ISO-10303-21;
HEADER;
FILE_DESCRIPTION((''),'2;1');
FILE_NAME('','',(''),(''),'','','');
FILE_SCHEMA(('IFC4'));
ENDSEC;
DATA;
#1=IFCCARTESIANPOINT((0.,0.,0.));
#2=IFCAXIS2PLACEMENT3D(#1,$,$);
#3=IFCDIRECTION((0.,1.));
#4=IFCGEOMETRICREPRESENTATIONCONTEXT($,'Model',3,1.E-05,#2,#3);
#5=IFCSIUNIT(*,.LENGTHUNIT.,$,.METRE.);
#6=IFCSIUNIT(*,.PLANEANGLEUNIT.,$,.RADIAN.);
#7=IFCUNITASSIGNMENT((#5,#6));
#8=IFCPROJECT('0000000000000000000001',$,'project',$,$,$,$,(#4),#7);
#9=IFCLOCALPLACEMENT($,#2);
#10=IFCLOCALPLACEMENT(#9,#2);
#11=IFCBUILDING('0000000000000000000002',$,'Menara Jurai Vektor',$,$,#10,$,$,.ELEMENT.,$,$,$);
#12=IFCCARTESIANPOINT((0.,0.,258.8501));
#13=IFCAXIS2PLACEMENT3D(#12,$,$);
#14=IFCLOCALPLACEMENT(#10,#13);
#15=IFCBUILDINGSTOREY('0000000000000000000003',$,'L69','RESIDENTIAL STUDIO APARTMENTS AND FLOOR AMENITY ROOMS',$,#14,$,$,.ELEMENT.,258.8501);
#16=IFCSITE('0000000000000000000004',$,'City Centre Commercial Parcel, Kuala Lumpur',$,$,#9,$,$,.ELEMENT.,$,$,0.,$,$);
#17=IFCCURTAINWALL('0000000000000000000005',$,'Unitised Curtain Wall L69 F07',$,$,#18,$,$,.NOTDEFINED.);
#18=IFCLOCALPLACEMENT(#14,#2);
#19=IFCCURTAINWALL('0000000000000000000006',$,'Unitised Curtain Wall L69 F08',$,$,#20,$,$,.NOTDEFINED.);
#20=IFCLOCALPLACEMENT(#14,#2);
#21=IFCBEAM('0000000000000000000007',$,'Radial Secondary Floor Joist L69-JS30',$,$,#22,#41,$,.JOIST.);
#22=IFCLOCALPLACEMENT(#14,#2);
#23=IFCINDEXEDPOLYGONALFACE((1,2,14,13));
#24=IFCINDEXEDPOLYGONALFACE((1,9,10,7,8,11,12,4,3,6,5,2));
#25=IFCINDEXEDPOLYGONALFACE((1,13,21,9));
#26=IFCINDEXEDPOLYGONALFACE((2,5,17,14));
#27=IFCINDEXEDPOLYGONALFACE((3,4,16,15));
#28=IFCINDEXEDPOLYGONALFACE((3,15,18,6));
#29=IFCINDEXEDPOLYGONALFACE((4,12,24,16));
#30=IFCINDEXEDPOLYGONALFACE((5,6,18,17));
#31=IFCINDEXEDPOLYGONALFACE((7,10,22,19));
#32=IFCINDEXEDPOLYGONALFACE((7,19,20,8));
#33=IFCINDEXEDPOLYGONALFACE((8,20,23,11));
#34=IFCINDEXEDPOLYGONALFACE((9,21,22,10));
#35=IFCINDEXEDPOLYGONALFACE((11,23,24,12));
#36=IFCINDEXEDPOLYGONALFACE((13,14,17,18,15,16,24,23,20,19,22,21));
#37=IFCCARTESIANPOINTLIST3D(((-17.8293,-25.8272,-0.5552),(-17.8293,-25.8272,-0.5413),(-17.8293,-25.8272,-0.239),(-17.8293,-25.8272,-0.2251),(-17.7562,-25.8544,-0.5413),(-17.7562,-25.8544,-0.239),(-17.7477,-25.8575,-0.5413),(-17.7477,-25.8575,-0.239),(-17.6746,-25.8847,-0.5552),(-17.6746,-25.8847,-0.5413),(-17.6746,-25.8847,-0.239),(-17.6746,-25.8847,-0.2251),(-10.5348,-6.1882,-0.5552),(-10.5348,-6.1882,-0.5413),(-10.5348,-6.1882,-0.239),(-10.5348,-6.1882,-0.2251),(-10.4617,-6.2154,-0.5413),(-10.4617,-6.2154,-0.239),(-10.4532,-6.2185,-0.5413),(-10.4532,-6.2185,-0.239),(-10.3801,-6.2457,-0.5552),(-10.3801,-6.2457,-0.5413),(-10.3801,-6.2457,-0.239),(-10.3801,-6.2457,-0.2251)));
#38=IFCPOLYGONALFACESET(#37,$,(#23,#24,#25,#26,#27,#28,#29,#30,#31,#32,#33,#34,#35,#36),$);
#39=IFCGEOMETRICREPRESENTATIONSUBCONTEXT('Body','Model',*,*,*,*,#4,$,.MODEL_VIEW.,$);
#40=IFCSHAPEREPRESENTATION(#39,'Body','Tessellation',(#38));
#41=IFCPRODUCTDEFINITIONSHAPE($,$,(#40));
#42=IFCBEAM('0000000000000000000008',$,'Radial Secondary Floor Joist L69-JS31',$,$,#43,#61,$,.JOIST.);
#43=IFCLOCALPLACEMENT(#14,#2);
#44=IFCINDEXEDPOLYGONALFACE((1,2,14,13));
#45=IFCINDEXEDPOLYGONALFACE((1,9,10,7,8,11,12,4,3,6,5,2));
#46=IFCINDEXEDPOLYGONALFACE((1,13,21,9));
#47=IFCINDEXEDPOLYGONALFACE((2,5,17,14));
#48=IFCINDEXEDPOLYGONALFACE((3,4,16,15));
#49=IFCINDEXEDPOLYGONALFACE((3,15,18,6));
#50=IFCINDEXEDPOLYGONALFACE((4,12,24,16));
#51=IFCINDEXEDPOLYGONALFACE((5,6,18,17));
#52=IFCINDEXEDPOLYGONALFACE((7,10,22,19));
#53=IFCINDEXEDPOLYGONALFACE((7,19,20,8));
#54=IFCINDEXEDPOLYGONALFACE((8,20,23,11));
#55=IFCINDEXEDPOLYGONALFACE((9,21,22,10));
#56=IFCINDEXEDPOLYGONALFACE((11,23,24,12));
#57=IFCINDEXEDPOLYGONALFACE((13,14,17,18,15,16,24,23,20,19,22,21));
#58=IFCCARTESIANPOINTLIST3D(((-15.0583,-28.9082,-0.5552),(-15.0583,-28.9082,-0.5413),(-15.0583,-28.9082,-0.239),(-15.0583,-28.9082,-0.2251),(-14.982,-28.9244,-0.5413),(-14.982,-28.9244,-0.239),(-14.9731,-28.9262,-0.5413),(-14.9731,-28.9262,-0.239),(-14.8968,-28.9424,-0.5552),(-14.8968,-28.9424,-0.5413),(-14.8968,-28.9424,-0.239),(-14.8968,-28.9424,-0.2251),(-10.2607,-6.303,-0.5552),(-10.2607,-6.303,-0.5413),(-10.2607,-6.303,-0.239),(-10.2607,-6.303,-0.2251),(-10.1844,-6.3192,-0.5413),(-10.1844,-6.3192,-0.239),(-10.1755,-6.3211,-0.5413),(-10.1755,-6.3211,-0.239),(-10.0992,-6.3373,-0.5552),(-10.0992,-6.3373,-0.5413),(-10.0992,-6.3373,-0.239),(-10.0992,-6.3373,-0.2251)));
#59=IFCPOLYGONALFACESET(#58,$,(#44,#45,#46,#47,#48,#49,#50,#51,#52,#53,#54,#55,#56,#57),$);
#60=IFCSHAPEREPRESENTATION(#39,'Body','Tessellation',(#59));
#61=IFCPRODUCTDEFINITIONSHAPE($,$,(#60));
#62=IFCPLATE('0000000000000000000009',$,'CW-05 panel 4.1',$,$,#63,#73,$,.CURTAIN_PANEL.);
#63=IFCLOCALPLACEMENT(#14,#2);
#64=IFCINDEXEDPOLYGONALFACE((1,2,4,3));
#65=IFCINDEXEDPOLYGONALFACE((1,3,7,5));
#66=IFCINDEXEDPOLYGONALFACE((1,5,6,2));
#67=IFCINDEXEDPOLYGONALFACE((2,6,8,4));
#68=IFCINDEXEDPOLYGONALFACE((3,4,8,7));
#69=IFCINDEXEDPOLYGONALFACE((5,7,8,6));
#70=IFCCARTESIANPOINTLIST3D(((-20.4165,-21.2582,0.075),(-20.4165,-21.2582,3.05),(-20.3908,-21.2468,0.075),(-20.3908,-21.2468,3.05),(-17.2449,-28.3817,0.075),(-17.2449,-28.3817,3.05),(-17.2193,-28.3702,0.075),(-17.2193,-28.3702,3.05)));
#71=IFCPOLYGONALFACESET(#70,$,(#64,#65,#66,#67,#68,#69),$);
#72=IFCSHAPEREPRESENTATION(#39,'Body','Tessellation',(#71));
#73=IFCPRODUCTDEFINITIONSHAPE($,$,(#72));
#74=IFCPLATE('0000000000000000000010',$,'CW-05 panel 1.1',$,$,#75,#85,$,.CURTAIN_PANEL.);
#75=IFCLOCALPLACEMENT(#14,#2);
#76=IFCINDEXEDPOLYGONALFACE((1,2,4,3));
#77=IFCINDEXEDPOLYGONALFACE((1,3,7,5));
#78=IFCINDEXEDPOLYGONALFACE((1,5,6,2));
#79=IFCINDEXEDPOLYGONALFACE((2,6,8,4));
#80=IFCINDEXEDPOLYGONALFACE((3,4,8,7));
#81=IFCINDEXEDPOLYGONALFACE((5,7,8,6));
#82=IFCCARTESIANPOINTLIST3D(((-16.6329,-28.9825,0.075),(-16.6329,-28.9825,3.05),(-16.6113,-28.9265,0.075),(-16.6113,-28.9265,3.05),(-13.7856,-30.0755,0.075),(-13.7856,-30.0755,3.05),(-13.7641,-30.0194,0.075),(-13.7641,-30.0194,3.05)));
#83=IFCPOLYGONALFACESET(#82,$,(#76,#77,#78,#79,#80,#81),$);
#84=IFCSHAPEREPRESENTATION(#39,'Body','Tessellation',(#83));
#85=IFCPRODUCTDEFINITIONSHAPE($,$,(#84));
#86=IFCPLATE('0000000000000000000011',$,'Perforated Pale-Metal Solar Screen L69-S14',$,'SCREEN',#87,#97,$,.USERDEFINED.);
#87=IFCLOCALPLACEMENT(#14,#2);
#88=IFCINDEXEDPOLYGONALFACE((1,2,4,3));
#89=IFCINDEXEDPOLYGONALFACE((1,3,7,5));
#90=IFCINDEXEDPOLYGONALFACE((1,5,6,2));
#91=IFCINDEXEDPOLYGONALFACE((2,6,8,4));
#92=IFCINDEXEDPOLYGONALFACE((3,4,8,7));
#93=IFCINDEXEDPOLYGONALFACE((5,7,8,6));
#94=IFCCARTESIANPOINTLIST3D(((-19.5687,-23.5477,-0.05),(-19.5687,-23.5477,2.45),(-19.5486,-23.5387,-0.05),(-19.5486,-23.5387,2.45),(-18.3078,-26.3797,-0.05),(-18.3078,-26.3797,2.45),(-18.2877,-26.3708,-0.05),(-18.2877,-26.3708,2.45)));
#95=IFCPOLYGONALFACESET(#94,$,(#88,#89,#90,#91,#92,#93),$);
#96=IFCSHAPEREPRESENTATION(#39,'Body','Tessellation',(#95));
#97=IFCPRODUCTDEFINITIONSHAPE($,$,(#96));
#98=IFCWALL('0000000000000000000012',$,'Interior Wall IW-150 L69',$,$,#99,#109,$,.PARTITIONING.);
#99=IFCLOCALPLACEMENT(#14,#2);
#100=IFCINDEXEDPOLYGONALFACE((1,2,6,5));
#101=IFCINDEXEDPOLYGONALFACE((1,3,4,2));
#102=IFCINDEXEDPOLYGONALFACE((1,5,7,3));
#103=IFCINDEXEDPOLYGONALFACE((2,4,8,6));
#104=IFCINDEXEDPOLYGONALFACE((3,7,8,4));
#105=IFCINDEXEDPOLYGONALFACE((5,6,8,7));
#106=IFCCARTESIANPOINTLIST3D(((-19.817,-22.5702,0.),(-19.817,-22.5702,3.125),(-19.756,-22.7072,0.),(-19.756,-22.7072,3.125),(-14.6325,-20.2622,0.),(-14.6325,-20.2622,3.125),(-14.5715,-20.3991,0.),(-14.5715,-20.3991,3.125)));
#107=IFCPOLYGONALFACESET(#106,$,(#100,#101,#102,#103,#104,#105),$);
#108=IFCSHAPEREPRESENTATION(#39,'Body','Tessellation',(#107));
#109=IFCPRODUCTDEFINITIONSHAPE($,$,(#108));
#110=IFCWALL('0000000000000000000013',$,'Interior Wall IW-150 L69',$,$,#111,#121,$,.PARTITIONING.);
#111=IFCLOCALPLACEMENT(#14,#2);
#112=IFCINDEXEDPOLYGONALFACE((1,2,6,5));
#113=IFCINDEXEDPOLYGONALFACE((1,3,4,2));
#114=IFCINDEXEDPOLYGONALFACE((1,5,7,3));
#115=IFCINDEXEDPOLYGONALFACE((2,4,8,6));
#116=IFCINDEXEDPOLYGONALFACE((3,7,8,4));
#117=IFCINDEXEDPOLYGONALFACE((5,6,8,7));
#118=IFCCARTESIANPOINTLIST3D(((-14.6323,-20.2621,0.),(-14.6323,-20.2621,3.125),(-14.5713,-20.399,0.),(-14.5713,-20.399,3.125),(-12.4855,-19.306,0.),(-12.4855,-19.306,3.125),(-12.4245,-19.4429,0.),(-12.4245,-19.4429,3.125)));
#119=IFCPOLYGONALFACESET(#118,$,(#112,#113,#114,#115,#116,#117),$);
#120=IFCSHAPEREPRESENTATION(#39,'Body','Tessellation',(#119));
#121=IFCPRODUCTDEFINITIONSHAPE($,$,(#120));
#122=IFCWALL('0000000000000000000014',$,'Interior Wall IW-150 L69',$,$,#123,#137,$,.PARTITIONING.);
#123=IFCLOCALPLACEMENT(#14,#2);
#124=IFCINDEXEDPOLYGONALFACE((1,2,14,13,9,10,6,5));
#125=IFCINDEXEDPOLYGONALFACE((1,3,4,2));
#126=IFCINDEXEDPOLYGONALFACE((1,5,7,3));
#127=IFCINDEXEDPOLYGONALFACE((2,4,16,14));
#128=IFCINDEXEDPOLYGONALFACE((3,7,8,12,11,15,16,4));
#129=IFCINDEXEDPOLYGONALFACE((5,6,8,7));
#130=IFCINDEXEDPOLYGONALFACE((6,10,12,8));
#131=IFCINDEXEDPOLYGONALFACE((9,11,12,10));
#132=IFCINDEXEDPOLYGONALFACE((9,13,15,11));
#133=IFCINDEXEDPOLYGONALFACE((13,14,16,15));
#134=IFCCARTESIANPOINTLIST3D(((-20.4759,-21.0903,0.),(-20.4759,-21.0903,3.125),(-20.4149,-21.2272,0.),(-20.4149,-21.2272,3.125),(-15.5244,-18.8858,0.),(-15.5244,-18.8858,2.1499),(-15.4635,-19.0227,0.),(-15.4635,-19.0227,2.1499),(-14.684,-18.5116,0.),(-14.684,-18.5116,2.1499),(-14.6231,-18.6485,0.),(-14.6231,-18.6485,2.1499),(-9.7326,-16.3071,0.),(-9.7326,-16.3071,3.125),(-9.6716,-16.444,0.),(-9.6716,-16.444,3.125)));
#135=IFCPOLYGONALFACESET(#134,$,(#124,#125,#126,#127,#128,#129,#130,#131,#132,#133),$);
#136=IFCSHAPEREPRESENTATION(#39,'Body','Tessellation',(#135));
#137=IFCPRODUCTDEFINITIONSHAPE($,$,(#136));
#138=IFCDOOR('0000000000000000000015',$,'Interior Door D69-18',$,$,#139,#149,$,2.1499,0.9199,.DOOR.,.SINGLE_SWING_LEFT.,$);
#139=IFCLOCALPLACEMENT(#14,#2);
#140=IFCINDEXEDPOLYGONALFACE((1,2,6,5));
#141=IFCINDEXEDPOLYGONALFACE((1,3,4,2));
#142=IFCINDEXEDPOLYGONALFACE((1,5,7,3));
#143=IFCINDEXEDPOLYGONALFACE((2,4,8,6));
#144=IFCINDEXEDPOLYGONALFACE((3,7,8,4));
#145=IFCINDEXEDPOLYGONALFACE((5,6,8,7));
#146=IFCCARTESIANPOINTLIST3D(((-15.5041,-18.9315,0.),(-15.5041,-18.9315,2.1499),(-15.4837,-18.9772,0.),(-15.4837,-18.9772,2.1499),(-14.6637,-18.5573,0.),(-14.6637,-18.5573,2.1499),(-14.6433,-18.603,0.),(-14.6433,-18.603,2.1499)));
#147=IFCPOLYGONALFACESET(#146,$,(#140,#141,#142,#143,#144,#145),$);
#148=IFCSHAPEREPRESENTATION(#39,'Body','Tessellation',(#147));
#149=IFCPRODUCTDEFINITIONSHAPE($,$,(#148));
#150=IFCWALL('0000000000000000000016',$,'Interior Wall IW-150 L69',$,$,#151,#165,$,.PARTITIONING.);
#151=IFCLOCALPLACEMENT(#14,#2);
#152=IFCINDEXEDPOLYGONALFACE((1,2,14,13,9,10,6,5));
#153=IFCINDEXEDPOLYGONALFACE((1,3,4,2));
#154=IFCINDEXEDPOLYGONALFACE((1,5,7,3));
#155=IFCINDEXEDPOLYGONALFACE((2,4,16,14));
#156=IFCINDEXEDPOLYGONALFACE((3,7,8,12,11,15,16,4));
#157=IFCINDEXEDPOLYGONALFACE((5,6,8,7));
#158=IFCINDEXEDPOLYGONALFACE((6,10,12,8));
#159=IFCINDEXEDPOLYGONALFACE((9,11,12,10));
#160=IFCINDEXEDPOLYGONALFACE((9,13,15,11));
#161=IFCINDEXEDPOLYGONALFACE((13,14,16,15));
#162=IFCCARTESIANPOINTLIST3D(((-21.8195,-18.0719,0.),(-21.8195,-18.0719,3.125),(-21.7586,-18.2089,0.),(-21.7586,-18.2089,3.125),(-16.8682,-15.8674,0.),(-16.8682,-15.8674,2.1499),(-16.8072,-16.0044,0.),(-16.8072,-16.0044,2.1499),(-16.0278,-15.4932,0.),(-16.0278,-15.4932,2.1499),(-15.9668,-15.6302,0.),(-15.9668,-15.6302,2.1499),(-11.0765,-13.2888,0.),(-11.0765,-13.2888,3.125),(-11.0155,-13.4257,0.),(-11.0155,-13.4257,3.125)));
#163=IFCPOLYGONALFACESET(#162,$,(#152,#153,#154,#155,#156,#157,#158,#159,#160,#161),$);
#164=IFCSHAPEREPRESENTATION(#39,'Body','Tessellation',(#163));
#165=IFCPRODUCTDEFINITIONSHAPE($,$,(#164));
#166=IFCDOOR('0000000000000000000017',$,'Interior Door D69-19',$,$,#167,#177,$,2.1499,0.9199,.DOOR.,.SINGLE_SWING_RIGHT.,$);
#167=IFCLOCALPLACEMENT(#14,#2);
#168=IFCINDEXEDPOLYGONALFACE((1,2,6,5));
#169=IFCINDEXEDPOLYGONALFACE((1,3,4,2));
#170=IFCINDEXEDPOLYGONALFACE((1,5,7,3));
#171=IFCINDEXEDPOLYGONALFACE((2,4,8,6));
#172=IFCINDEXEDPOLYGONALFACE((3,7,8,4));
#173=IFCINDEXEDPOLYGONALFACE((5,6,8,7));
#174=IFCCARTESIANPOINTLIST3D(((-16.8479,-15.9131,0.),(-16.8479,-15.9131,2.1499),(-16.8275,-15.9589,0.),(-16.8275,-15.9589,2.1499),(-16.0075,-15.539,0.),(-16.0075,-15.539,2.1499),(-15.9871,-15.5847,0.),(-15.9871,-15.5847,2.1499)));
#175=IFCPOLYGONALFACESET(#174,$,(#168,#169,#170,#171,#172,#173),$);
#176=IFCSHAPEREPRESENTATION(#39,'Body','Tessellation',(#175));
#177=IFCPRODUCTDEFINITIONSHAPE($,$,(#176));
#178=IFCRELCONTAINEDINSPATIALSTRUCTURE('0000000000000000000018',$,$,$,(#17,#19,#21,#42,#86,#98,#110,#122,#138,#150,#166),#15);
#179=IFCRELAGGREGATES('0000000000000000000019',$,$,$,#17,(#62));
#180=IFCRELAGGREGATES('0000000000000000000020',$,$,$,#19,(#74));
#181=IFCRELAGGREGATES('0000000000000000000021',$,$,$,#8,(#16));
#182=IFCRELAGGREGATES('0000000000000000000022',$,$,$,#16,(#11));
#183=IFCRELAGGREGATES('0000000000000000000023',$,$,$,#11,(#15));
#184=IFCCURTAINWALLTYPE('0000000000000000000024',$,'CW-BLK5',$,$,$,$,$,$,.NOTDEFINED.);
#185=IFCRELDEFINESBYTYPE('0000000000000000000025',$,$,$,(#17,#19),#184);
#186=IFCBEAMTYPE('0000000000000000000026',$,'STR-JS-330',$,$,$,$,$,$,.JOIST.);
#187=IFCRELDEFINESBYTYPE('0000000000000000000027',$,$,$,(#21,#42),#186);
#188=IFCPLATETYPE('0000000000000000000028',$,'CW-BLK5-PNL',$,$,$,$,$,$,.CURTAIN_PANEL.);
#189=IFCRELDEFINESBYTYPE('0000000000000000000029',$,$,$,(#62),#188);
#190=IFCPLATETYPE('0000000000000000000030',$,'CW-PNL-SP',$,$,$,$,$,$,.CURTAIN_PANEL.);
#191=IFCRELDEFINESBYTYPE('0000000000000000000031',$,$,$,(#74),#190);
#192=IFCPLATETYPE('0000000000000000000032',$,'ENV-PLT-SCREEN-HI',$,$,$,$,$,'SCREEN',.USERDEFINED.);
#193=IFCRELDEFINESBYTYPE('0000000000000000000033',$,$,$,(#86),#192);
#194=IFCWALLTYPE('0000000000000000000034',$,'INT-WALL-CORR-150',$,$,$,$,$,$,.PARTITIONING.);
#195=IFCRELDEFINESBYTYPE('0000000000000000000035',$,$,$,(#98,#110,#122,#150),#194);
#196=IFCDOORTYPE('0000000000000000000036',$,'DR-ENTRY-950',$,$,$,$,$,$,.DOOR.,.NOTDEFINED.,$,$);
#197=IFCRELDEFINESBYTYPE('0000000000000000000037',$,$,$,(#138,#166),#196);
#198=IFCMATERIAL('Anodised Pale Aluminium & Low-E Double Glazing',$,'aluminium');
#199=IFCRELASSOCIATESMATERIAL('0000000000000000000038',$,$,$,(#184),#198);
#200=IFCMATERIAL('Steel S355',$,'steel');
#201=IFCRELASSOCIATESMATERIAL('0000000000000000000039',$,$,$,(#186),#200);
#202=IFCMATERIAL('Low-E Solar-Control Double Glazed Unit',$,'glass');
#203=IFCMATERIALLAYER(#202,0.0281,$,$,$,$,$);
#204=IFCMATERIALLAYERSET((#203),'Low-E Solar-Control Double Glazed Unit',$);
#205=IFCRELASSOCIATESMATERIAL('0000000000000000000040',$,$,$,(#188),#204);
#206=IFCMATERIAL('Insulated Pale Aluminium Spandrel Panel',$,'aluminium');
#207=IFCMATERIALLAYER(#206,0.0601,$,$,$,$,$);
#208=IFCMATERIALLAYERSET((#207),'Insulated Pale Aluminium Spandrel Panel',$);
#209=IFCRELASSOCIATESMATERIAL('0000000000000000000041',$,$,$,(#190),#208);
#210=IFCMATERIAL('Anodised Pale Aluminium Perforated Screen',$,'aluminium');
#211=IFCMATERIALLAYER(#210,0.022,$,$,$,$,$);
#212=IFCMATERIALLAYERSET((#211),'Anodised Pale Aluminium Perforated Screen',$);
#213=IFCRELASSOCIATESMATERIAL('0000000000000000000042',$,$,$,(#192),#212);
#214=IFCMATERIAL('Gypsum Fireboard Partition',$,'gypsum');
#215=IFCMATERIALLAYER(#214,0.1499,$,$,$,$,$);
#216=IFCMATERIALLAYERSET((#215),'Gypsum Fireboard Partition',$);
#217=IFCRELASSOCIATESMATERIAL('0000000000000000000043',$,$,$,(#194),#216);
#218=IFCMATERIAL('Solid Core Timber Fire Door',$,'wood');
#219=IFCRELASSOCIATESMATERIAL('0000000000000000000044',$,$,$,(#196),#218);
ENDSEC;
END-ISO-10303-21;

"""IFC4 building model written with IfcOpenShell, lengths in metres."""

from ifc_helpers import new_model, si_unit, direction, frame, frame_2d, origin, origin_2d, place, context, subcontext, project, spatial, rectangle, i_section, extrude, material, layer, layer_set, material_profile, profile_set, type_object, element, fill, aggregate, save


model = new_model("IFC4")

# Units and contexts
model_context = context("Model", 3, precision=1e-05, world=origin(), true_north=direction((0.0, 1.0)))
body_context = subcontext(model_context, "Body", "Model", "MODEL_VIEW")
ifc_project = project(units=[si_unit("LENGTHUNIT", "METRE"), si_unit("PLANEANGLEUNIT", "RADIAN")], contexts=[model_context])

# Site, building, storey
site_placement = place(None, origin())
site = spatial("IfcSite", under=ifc_project, at=site_placement, Name="City Centre Commercial Parcel, Kuala Lumpur", CompositionType="ELEMENT", RefElevation=0.0)
building_placement = place(site_placement, origin())
building = spatial("IfcBuilding", under=site, at=building_placement, Name="Menara Jurai Vektor", CompositionType="ELEMENT")
storey_placement = place(building_placement, frame((0.0, 0.0, 258.8501)))
storey = spatial("IfcBuildingStorey", under=building, at=storey_placement, Name="L69", Description="RESIDENTIAL STUDIO APARTMENTS AND FLOOR AMENITY ROOMS", CompositionType="ELEMENT", Elevation=258.8501)

# Curtain wall
ifc_material_1 = material(Name="Anodised Pale Aluminium & Low-E Double Glazing", Category="aluminium")
curtain_wall_type = type_object("IfcCurtainWallType", Name="CW-BLK5", PredefinedType="NOTDEFINED", material=ifc_material_1)
curtain_wall_1_placement = place(storey_placement, origin())
curtain_wall_1 = element("IfcCurtainWall", 1, at=curtain_wall_1_placement, inside=storey, type_object=curtain_wall_type, Name="Unitised Curtain Wall L69 F07", PredefinedType="NOTDEFINED")

# Curtain wall
curtain_wall_2_placement = place(storey_placement, origin())
curtain_wall_2 = element("IfcCurtainWall", 2, at=curtain_wall_2_placement, inside=storey, type_object=curtain_wall_type, Name="Unitised Curtain Wall L69 F08", PredefinedType="NOTDEFINED")

# Beams
ifc_material_2 = material(Name="Steel S355", Category="steel")
ifc_material_profile_1 = material_profile(ifc_material_2, i_section(OverallWidth=0.165, OverallDepth=0.3301, WebThickness=0.009, FlangeThickness=0.0139, at=origin_2d()), Name="PG 330x165x46")
ifc_profile_set_1 = profile_set([ifc_material_profile_1], Name="Steel S355")
beam_type_1 = type_object("IfcBeamType", Name="STR-JS-330", PredefinedType="JOIST", material=ifc_profile_set_1)
beam_1_placement = place(storey_placement, frame((-17.752, -25.856, -0.3901), z_axis=(0.348186, 0.937426, 0.0), x_axis=(-0.937426, 0.348186, 0.0)))
element("IfcBeam", 3, at=beam_1_placement, inside=storey, type_object=beam_type_1, Name="Radial Secondary Floor Joist L69-JS30", PredefinedType="JOIST", context=body_context, shape_type="SweptSolid", body=[
    extrude(i_section(OverallWidth=0.165, OverallDepth=0.3301, WebThickness=0.009, FlangeThickness=0.0139, at=origin_2d()), origin(), (0.0, 0.0, 1.0), 20.95),
])
beam_2_placement = place(storey_placement, frame((-14.9775, -28.9253, -0.3901), z_axis=(0.20761, 0.978212, 0.0), x_axis=(-0.978212, 0.20761, 0.0)))
element("IfcBeam", 4, at=beam_2_placement, inside=storey, type_object=beam_type_1, Name="Radial Secondary Floor Joist L69-JS31", PredefinedType="JOIST", context=body_context, shape_type="SweptSolid", body=[
    extrude(i_section(OverallWidth=0.165, OverallDepth=0.3301, WebThickness=0.009, FlangeThickness=0.0139, at=origin_2d()), origin(), (0.0, 0.0, 1.0), 23.1086),
])

# Plates
ifc_material_3 = material(Name="Low-E Solar-Control Double Glazed Unit", Category="glass")
ifc_layer_1 = layer(ifc_material_3, 0.0281)
ifc_layer_set_1 = layer_set([ifc_layer_1], Name="Low-E Solar-Control Double Glazed Unit")
plate_type_1 = type_object("IfcPlateType", Name="CW-BLK5-PNL", PredefinedType="CURTAIN_PANEL", material=ifc_layer_set_1)
plate_1_placement = place(storey_placement, frame((-18.8179, -24.8142, 0.075), z_axis=(0.0, 0.0, 1.0), x_axis=(0.406735, -0.913546, 0.0)))
plate_1 = element("IfcPlate", 5, at=plate_1_placement, type_object=plate_type_1, Name="CW-05 panel 4.1", PredefinedType="CURTAIN_PANEL", context=body_context, shape_type="SweptSolid", body=[
    extrude(rectangle(XDim=7.7976, YDim=0.0281, at=origin_2d()), origin(), (0.0, 0.0, 1.0), 2.9751),
])
aggregate(curtain_wall_1, [plate_1])
ifc_material_4 = material(Name="Insulated Pale Aluminium Spandrel Panel", Category="aluminium")
ifc_layer_2 = layer(ifc_material_4, 0.0601)
ifc_layer_set_2 = layer_set([ifc_layer_2], Name="Insulated Pale Aluminium Spandrel Panel")
plate_type_2 = type_object("IfcPlateType", Name="CW-PNL-SP", PredefinedType="CURTAIN_PANEL", material=ifc_layer_set_2)
plate_2_placement = place(storey_placement, frame((-15.1985, -29.501, 0.075), z_axis=(0.0, 0.0, 1.0), x_axis=(0.933578, -0.358374, 0.0)))
plate_2 = element("IfcPlate", 6, at=plate_2_placement, type_object=plate_type_2, Name="CW-05 panel 1.1", PredefinedType="CURTAIN_PANEL", context=body_context, shape_type="SweptSolid", body=[
    extrude(rectangle(XDim=3.0498, YDim=0.0601, at=origin_2d()), origin(), (0.0, 0.0, 1.0), 2.9751),
])
aggregate(curtain_wall_2, [plate_2])
ifc_material_5 = material(Name="Anodised Pale Aluminium Perforated Screen", Category="aluminium")
ifc_layer_3 = layer(ifc_material_5, 0.022)
ifc_layer_set_3 = layer_set([ifc_layer_3], Name="Anodised Pale Aluminium Perforated Screen")
plate_type_3 = type_object("IfcPlateType", Name="ENV-PLT-SCREEN-HI", ElementType="SCREEN", PredefinedType="USERDEFINED", material=ifc_layer_set_3)
plate_3_placement = place(storey_placement, frame((-18.9282, -24.9592, -0.05), z_axis=(0.0, 0.0, 1.0), x_axis=(0.406737, -0.913545, 0.0)))
element("IfcPlate", 7, at=plate_3_placement, inside=storey, type_object=plate_type_3, Name="Perforated Pale-Metal Solar Screen L69-S14", ObjectType="SCREEN", PredefinedType="USERDEFINED", context=body_context, shape_type="SweptSolid", body=[
    extrude(rectangle(XDim=3.1001, YDim=0.022, at=origin_2d()), origin(), (0.0, 0.0, 1.0), 2.5),
])

# Walls
ifc_material_6 = material(Name="Gypsum Fireboard Partition", Category="gypsum")
ifc_layer_4 = layer(ifc_material_6, 0.1499)
ifc_layer_set_4 = layer_set([ifc_layer_4], Name="Gypsum Fireboard Partition")
wall_type = type_object("IfcWallType", Name="INT-WALL-CORR-150", PredefinedType="PARTITIONING", material=ifc_layer_set_4)
wall_1_placement = place(storey_placement, frame((-19.7864, -22.6387, 0.0), z_axis=(0.0, 0.0, 1.0), x_axis=(0.913559, 0.406705, 0.0)))
element("IfcWall", 8, at=wall_1_placement, inside=storey, type_object=wall_type, Name="Interior Wall IW-150 L69", PredefinedType="PARTITIONING", context=body_context, shape_type="SweptSolid", body=[
    extrude(rectangle(XDim=5.675, YDim=0.1499, at=frame_2d((2.8374, 0.0))), origin(), (0.0, 0.0, 1.0), 3.125),
])
wall_2_placement = place(storey_placement, frame((-14.6018, -20.3306, 0.0), z_axis=(0.0, 0.0, 1.0), x_axis=(0.913503, 0.406832, 0.0)))
element("IfcWall", 9, at=wall_2_placement, inside=storey, type_object=wall_type, Name="Interior Wall IW-150 L69", PredefinedType="PARTITIONING", context=body_context, shape_type="SweptSolid", body=[
    extrude(rectangle(XDim=2.3501, YDim=0.1499, at=frame_2d((1.175, 0.0))), origin(), (0.0, 0.0, 1.0), 3.125),
])

# Walls, openings, doors
wall_3_placement = place(storey_placement, frame((-20.4453, -21.1587, 0.0), z_axis=(0.0, 0.0, 1.0), x_axis=(0.913548, 0.406732, 0.0)))
wall_3 = element("IfcWall", 10, at=wall_3_placement, inside=storey, type_object=wall_type, Name="Interior Wall IW-150 L69", PredefinedType="PARTITIONING", context=body_context, shape_type="SweptSolid", body=[
    extrude(rectangle(XDim=11.76, YDim=0.1499, at=frame_2d((5.8799, 0.0))), origin(), (0.0, 0.0, 1.0), 3.125),
])
opening_1_placement = place(wall_3_placement, frame((5.4199, 0.0, 0.0)))
opening_1 = element("IfcOpeningElement", 11, at=opening_1_placement, cuts=wall_3, PredefinedType="OPENING", context=body_context, shape_type="SweptSolid", body=[
    extrude(rectangle(XDim=0.9199, YDim=2.1499, at=frame_2d((0.46, 1.075))), frame((0.0, 0.085, 0.0), z_axis=(0.0, -1.0, 0.0), x_axis=(1.0, 0.0, 0.0)), (0.0, 0.0, 1.0), 0.1699),
])
ifc_material_7 = material(Name="Solid Core Timber Fire Door", Category="wood")
door_type = type_object("IfcDoorType", Name="DR-ENTRY-950", OperationType="NOTDEFINED", PredefinedType="DOOR", material=ifc_material_7)
door_1_placement = place(opening_1_placement, origin())
door_1 = element("IfcDoor", 12, at=door_1_placement, inside=storey, type_object=door_type, Name="Interior Door D69-18", OperationType="SINGLE_SWING_LEFT", OverallHeight=2.1499, OverallWidth=0.9199, PredefinedType="DOOR", context=body_context, shape_type="SweptSolid", body=[
    extrude(rectangle(XDim=0.9199, YDim=2.1499, at=frame_2d((0.46, 1.075))), frame((0.0, 0.0249, 0.0), z_axis=(0.0, -1.0, 0.0), x_axis=(1.0, 0.0, 0.0)), (0.0, 0.0, 1.0), 0.05),
])
fill(opening_1, door_1)
wall_4_placement = place(storey_placement, frame((-21.7891, -18.1404, 0.0), z_axis=(0.0, 0.0, 1.0), x_axis=(0.913544, 0.406739, 0.0)))
wall_4 = element("IfcWall", 13, at=wall_4_placement, inside=storey, type_object=wall_type, Name="Interior Wall IW-150 L69", PredefinedType="PARTITIONING", context=body_context, shape_type="SweptSolid", body=[
    extrude(rectangle(XDim=11.7598, YDim=0.1499, at=frame_2d((5.8799, 0.0))), origin(), (0.0, 0.0, 1.0), 3.125),
])
opening_2_placement = place(wall_4_placement, frame((5.4199, 0.0, 0.0)))
opening_2 = element("IfcOpeningElement", 14, at=opening_2_placement, cuts=wall_4, PredefinedType="OPENING", context=body_context, shape_type="SweptSolid", body=[
    extrude(rectangle(XDim=0.9199, YDim=2.1499, at=frame_2d((0.46, 1.075))), frame((0.0, 0.085, 0.0), z_axis=(0.0, -1.0, 0.0), x_axis=(1.0, 0.0, 0.0)), (0.0, 0.0, 1.0), 0.1699),
])
door_2_placement = place(opening_2_placement, origin())
door_2 = element("IfcDoor", 15, at=door_2_placement, inside=storey, type_object=door_type, Name="Interior Door D69-19", OperationType="SINGLE_SWING_RIGHT", OverallHeight=2.1499, OverallWidth=0.9199, PredefinedType="DOOR", context=body_context, shape_type="SweptSolid", body=[
    extrude(rectangle(XDim=0.9199, YDim=2.1499, at=frame_2d((0.46, 1.075))), frame((0.0, 0.0249, 0.0), z_axis=(0.0, -1.0, 0.0), x_axis=(1.0, 0.0, 0.0)), (0.0, 0.0, 1.0), 0.05),
])
fill(opening_2, door_2)

save(model, "model.ifc")
